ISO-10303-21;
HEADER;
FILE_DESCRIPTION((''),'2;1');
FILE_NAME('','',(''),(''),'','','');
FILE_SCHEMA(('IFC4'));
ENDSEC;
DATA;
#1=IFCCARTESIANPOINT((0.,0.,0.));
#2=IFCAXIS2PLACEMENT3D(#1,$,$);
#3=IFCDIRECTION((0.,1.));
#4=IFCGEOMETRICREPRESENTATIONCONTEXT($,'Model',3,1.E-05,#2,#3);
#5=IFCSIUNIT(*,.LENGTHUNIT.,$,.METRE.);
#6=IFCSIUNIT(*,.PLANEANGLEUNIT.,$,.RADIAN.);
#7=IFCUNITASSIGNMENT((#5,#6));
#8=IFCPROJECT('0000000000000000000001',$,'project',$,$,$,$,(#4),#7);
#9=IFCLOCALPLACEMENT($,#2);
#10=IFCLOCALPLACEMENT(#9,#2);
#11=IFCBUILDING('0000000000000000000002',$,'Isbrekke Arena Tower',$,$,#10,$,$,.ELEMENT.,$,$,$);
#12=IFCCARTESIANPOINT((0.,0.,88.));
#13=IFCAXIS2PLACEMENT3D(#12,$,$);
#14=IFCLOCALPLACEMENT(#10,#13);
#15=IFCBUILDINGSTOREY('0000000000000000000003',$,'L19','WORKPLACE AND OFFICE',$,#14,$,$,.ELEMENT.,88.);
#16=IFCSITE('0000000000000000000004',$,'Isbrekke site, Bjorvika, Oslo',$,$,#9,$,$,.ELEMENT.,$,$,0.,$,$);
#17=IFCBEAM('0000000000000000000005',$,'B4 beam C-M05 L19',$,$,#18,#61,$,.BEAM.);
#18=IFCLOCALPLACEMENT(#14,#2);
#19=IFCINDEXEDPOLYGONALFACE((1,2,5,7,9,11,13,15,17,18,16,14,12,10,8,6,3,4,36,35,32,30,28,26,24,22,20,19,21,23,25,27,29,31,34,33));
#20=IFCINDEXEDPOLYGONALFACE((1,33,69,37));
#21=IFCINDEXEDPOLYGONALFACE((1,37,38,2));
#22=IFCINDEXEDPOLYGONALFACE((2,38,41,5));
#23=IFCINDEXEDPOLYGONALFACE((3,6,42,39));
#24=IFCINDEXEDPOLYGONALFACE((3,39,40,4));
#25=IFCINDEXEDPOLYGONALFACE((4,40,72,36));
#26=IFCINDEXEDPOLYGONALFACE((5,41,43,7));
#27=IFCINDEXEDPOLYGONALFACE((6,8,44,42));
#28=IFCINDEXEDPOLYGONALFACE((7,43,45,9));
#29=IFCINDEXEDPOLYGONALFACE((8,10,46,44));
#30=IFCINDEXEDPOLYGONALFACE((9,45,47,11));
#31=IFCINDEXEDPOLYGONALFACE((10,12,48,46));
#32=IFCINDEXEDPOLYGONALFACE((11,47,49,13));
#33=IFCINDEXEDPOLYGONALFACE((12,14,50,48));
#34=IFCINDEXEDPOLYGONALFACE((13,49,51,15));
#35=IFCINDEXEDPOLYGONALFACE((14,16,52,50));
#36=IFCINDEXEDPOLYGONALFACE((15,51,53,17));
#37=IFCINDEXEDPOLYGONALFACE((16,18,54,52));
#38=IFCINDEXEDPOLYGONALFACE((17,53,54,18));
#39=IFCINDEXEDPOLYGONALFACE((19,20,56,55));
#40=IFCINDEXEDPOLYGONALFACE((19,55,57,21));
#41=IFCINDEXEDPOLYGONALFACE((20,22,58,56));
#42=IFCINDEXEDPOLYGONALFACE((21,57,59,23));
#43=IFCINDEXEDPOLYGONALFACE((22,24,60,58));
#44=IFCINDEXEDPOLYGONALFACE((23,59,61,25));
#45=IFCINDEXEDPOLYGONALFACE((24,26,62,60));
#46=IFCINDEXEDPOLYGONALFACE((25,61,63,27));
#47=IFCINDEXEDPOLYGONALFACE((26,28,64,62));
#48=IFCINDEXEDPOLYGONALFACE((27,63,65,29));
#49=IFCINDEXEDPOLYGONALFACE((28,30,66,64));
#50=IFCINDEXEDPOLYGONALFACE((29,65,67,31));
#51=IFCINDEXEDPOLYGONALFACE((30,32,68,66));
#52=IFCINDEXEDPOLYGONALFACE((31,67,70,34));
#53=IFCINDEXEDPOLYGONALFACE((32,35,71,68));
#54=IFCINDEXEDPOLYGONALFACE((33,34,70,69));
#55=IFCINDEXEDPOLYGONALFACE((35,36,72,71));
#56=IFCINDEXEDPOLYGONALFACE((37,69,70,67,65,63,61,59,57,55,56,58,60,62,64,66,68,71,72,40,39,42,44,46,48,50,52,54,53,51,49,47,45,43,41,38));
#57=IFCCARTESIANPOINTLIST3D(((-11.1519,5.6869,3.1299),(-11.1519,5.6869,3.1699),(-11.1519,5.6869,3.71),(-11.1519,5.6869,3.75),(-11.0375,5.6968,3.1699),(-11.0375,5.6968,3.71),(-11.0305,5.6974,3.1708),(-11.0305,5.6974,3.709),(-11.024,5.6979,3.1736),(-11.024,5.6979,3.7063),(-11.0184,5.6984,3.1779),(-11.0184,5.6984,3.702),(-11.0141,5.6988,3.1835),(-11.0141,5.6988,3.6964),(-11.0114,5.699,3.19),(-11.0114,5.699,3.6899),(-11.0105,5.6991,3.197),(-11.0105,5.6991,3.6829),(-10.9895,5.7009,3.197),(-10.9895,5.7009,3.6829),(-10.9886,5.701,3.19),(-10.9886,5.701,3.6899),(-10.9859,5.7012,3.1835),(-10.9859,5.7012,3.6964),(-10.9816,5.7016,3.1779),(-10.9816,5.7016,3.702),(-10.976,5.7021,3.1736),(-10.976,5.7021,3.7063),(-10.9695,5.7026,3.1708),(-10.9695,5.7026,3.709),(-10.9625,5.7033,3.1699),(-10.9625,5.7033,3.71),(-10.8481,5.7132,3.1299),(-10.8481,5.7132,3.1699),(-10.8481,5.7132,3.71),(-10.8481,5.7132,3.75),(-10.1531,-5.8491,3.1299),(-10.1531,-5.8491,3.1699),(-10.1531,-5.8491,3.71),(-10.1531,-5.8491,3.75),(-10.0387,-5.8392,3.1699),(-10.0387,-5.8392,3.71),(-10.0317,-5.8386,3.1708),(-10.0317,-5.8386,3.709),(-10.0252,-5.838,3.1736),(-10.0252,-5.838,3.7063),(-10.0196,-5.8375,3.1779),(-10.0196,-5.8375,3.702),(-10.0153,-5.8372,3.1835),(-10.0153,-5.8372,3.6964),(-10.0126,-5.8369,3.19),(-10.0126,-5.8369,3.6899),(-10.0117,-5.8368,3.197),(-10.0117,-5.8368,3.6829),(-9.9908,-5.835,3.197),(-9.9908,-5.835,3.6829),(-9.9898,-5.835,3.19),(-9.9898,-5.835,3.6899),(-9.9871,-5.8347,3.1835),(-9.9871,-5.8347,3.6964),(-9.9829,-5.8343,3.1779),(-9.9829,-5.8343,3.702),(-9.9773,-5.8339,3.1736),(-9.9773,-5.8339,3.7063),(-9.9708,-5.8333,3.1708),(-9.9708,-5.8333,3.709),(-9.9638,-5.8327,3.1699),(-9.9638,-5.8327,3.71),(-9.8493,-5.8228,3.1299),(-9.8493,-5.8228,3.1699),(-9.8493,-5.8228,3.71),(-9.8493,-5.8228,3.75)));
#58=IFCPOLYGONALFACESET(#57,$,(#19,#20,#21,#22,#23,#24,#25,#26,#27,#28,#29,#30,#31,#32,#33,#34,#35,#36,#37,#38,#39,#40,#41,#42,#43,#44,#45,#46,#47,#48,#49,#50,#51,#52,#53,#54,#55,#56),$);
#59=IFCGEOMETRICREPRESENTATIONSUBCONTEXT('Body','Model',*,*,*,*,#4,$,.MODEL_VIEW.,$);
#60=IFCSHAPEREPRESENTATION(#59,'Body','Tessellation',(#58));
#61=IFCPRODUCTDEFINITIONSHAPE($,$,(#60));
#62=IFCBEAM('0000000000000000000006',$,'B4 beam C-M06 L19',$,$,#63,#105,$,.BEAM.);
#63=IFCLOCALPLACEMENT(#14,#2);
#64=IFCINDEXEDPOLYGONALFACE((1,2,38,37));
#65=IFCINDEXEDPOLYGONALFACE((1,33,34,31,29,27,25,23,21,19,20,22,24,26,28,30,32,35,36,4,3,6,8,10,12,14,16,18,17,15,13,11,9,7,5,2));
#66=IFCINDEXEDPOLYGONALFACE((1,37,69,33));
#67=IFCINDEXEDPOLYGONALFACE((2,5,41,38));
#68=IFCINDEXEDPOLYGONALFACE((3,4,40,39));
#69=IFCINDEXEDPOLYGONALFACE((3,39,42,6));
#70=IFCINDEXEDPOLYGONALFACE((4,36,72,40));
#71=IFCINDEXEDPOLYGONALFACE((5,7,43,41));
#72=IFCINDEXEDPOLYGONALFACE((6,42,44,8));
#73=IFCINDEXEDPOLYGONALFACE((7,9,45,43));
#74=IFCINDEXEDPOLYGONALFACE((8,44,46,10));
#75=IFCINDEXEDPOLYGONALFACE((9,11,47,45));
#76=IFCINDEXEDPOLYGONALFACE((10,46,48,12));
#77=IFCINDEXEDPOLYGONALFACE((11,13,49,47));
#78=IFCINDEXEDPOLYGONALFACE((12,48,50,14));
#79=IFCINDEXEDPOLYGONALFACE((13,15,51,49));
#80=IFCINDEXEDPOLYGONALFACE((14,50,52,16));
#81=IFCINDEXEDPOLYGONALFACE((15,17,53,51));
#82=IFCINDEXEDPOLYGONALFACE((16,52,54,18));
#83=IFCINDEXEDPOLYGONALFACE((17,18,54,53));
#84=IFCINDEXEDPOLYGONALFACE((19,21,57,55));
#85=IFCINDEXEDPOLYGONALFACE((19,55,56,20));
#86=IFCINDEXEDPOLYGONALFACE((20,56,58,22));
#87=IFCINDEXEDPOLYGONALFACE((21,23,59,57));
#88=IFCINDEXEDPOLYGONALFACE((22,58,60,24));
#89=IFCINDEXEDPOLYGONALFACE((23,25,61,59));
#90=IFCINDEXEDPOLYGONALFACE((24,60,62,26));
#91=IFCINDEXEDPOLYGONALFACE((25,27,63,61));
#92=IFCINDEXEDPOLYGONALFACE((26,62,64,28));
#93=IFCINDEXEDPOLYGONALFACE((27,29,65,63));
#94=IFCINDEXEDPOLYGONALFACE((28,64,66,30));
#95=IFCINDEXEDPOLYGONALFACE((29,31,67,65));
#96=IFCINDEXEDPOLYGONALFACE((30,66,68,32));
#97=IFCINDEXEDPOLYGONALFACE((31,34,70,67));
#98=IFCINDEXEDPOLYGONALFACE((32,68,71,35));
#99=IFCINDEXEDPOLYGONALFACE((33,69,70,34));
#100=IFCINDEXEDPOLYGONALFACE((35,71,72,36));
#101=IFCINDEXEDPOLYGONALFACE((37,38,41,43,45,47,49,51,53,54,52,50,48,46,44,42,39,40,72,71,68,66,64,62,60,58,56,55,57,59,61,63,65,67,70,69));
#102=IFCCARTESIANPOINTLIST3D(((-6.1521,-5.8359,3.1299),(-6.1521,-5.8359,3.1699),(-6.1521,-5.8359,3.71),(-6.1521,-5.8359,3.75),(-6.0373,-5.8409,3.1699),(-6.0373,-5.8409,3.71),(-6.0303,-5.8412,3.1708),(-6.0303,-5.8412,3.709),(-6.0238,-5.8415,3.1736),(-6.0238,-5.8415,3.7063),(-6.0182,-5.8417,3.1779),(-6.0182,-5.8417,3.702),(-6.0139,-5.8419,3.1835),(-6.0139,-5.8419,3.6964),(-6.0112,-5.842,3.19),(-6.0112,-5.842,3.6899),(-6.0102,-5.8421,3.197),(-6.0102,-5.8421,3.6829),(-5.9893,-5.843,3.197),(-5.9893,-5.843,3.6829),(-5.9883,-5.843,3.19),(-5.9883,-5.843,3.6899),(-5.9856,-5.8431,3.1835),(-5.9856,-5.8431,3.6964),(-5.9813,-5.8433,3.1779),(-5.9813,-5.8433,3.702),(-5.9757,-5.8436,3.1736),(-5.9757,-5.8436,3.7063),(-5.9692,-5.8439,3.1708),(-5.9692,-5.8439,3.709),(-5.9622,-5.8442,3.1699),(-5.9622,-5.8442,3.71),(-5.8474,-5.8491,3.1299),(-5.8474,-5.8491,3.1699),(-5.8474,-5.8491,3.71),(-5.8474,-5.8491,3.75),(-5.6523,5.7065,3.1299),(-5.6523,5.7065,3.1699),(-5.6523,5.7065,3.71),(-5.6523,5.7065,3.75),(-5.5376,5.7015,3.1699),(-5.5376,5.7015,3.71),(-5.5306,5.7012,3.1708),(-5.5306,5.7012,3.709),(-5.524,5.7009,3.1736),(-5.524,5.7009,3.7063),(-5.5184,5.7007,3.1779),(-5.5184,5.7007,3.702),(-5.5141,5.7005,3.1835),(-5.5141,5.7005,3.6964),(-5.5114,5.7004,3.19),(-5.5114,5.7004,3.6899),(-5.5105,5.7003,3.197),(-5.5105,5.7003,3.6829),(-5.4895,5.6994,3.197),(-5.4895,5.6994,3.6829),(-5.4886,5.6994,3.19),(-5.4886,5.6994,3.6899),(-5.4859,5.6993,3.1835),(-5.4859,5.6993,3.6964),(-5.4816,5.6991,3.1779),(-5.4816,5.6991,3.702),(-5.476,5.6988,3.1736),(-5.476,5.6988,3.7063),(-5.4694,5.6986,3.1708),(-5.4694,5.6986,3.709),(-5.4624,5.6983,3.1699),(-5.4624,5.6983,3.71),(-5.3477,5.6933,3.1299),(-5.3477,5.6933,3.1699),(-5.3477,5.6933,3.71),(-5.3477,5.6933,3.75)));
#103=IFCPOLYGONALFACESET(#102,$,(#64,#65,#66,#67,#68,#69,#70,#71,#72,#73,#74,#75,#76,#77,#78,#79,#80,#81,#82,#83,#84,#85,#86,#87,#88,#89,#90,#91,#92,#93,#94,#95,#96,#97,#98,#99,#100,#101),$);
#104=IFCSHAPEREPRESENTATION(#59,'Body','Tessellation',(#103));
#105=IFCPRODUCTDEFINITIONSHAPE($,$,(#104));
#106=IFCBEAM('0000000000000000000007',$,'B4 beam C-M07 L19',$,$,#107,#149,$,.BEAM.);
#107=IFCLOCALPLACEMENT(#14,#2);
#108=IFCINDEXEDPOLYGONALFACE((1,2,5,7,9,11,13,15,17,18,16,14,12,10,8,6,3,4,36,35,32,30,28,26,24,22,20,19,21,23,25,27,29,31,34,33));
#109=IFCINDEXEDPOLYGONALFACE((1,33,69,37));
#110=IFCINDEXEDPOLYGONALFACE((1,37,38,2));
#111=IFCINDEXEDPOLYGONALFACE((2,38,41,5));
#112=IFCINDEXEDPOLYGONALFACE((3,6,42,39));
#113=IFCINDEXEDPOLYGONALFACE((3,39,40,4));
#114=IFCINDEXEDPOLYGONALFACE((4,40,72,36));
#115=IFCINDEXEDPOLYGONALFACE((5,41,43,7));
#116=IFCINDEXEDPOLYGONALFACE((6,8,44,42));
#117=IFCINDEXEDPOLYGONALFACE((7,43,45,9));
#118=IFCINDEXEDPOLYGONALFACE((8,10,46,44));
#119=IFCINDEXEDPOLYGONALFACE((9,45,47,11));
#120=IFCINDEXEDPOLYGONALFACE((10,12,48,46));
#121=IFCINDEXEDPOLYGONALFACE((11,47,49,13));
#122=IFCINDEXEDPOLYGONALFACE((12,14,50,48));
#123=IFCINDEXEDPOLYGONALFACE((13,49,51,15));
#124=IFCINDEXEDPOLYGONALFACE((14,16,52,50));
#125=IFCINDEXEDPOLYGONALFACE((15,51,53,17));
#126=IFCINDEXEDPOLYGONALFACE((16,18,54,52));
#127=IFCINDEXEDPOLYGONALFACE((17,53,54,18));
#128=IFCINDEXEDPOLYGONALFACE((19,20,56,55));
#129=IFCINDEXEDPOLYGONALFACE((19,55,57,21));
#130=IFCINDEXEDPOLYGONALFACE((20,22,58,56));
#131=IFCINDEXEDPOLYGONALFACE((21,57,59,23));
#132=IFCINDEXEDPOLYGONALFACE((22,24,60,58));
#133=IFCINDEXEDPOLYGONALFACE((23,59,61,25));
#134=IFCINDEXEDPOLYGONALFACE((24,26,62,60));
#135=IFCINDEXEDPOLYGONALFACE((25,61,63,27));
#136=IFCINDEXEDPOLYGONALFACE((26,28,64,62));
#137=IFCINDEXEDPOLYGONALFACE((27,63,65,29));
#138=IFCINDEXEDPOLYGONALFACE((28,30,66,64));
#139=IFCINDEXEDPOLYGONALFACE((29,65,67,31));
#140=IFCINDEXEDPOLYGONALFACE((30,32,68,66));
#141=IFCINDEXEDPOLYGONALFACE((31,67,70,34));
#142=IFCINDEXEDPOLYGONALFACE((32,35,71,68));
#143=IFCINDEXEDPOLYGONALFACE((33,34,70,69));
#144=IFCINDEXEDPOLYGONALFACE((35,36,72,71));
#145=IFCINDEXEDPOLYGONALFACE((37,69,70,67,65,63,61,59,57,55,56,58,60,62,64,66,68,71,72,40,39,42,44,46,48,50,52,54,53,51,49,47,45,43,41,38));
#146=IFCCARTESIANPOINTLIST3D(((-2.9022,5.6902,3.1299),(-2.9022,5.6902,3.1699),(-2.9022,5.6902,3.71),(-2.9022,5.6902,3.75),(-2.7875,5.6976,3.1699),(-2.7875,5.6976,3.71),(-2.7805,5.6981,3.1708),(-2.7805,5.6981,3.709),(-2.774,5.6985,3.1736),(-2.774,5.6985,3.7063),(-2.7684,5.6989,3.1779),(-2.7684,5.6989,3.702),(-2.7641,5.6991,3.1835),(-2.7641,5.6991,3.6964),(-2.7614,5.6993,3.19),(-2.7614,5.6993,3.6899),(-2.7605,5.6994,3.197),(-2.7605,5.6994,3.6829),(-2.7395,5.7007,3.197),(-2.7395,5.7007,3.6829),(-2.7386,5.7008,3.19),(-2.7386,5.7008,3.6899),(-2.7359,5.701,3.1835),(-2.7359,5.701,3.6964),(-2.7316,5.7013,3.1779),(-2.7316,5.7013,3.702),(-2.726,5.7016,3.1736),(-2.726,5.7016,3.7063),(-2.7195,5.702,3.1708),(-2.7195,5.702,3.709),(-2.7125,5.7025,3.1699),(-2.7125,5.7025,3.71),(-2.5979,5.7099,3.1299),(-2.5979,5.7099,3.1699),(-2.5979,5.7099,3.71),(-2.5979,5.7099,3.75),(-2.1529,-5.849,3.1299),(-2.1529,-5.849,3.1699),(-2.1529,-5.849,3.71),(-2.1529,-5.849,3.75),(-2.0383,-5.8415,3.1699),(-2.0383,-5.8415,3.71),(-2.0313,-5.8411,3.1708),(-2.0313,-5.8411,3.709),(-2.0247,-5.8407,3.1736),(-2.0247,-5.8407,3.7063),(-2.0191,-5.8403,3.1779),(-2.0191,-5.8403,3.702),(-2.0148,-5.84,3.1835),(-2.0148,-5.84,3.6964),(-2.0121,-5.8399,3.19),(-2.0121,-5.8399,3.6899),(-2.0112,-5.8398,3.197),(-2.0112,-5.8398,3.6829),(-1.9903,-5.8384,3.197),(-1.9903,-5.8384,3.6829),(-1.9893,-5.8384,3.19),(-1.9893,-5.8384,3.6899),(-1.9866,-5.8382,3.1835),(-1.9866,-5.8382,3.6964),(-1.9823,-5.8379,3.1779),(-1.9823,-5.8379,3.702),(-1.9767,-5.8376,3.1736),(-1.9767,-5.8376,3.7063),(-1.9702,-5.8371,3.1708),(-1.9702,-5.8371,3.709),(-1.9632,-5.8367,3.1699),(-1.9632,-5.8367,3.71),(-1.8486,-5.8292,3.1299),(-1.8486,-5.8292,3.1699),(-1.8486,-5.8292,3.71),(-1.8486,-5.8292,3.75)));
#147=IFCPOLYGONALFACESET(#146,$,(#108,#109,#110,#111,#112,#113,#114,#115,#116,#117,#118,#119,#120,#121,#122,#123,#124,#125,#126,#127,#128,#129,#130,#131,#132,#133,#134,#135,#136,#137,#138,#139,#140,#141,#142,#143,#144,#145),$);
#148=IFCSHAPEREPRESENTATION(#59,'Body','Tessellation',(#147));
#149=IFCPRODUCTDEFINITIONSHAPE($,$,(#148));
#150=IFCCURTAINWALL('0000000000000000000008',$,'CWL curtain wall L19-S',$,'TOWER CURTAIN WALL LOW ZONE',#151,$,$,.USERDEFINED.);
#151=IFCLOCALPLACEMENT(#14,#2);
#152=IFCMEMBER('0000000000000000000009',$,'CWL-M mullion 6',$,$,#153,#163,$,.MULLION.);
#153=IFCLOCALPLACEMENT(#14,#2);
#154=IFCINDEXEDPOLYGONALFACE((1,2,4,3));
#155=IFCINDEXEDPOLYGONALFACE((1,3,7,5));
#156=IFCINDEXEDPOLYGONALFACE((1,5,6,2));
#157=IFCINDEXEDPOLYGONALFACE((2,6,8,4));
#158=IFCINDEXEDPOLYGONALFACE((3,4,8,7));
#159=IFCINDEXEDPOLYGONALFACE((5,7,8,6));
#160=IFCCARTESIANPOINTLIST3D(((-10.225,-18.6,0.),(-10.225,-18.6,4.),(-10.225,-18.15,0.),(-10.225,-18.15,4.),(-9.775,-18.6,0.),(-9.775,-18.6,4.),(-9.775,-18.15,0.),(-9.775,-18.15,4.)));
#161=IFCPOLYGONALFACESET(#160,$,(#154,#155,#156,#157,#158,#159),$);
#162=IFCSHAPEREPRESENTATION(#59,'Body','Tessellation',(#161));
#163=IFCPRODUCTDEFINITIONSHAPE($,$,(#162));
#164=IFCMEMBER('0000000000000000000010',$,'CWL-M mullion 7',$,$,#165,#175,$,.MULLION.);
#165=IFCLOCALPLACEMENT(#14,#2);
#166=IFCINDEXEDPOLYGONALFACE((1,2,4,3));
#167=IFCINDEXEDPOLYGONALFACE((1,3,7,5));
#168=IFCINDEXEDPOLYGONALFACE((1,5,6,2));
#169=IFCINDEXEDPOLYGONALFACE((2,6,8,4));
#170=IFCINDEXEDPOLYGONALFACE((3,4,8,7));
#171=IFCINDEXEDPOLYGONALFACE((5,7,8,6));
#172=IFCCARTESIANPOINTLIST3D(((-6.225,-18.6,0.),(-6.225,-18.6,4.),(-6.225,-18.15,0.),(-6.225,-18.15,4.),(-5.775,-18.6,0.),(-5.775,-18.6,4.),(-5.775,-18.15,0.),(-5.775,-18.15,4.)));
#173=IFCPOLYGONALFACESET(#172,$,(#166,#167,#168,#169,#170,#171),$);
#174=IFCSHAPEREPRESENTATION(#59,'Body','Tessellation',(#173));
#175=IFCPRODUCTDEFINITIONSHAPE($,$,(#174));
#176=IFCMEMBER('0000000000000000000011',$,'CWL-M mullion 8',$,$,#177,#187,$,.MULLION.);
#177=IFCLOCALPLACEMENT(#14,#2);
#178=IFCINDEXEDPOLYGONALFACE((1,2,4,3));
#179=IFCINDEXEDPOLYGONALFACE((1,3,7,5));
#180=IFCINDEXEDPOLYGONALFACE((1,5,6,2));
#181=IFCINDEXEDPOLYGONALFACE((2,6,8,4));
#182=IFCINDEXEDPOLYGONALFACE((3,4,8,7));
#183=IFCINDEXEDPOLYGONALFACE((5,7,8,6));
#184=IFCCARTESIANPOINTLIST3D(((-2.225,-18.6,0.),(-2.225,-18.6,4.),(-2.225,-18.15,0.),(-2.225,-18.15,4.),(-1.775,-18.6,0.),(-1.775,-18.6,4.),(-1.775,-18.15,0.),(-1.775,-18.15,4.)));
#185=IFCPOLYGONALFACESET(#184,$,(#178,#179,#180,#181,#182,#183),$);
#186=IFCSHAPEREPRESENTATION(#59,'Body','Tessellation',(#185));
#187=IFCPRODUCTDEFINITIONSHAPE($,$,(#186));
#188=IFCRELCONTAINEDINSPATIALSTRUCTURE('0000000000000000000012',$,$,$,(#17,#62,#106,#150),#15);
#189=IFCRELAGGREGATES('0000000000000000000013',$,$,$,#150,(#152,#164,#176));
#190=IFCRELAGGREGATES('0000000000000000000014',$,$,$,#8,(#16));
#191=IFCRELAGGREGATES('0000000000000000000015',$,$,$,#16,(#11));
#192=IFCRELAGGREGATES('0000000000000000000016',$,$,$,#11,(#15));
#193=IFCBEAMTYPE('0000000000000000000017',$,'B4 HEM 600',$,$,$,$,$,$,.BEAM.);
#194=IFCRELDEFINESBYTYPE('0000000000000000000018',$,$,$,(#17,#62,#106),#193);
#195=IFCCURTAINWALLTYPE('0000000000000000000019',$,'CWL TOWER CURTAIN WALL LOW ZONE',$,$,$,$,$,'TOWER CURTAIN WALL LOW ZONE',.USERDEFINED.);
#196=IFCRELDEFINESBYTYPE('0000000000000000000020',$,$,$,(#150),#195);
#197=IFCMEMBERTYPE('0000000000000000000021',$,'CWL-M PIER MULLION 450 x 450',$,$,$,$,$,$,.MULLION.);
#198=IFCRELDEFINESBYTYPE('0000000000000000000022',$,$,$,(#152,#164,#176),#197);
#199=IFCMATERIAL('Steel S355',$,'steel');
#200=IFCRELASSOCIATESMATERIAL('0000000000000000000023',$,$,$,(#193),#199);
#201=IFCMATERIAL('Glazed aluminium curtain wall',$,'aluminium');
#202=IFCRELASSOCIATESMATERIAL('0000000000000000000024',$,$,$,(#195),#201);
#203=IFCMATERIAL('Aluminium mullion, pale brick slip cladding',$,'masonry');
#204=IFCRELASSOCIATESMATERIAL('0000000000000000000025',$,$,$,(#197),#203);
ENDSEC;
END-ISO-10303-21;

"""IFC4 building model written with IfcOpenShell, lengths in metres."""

from ifc_helpers import new_model, si_unit, direction, frame, origin, origin_2d, place, context, subcontext, project, spatial, rectangle, i_section, extrude, material, material_profile, profile_set, type_object, element, aggregate, save


model = new_model("IFC4")

# Units and contexts
model_context = context("Model", 3, precision=1e-05, world=origin(), true_north=direction((0.0, 1.0)))
body_context = subcontext(model_context, "Body", "Model", "MODEL_VIEW")
ifc_project = project(units=[si_unit("LENGTHUNIT", "METRE"), si_unit("PLANEANGLEUNIT", "RADIAN")], contexts=[model_context])

# Site, building, storey
site_placement = place(None, origin())
site = spatial("IfcSite", under=ifc_project, at=site_placement, Name="Isbrekke site, Bjorvika, Oslo", CompositionType="ELEMENT", RefElevation=0.0)
building_placement = place(site_placement, origin())
building = spatial("IfcBuilding", under=site, at=building_placement, Name="Isbrekke Arena Tower", CompositionType="ELEMENT")
storey_placement = place(building_placement, frame((0.0, 0.0, 88.0)))
storey = spatial("IfcBuildingStorey", under=building, at=storey_placement, Name="L19", Description="WORKPLACE AND OFFICE", CompositionType="ELEMENT", Elevation=88.0)

# Beams
ifc_material_1 = material(Name="Steel S355", Category="steel")
ifc_material_profile_1 = material_profile(ifc_material_1, i_section(OverallWidth=0.3049, OverallDepth=0.6201, WebThickness=0.021, FlangeThickness=0.04, FilletRadius=0.0271, at=origin_2d()), Name="HEM 600")
ifc_profile_set_1 = profile_set([ifc_material_profile_1], Name="Steel S355")
beam_type_1 = type_object("IfcBeamType", Name="B4 HEM 600", PredefinedType="BEAM", material=ifc_profile_set_1)
beam_1_placement = place(storey_placement, frame((-10.0012, -5.8359, 3.4399), z_axis=(-0.086257, 0.996273, 0.0), x_axis=(-0.996273, -0.086257, 0.0)))
element("IfcBeam", 1, at=beam_1_placement, inside=storey, type_object=beam_type_1, Name="B4 beam C-M05 L19", PredefinedType="BEAM", context=body_context, shape_type="SweptSolid", body=[
    extrude(i_section(OverallWidth=0.3049, OverallDepth=0.6201, WebThickness=0.021, FlangeThickness=0.04, FilletRadius=0.0271, at=origin_2d()), origin(), (0.0, 0.0, 1.0), 11.5791),
])
beam_2_placement = place(storey_placement, frame((-5.9998, -5.8425, 3.4399), z_axis=(0.043257, 0.999064, 0.0), x_axis=(-0.999064, 0.043257, 0.0)))
element("IfcBeam", 2, at=beam_2_placement, inside=storey, type_object=beam_type_1, Name="B4 beam C-M06 L19", PredefinedType="BEAM", context=body_context, shape_type="SweptSolid", body=[
    extrude(i_section(OverallWidth=0.3049, OverallDepth=0.6201, WebThickness=0.021, FlangeThickness=0.04, FilletRadius=0.0271, at=origin_2d()), origin(), (0.0, 0.0, 1.0), 11.5532),
])
beam_3_placement = place(storey_placement, frame((-2.0007, -5.8391, 3.4399), z_axis=(-0.064797, 0.997898, 0.0), x_axis=(-0.997898, -0.064797, 0.0)))
element("IfcBeam", 3, at=beam_3_placement, inside=storey, type_object=beam_type_1, Name="B4 beam C-M07 L19", PredefinedType="BEAM", context=body_context, shape_type="SweptSolid", body=[
    extrude(i_section(OverallWidth=0.3049, OverallDepth=0.6201, WebThickness=0.021, FlangeThickness=0.04, FilletRadius=0.0271, at=origin_2d()), origin(), (0.0, 0.0, 1.0), 11.5635),
])

# Curtain wall, members
ifc_material_2 = material(Name="Glazed aluminium curtain wall", Category="aluminium")
curtain_wall_type = type_object("IfcCurtainWallType", Name="CWL TOWER CURTAIN WALL LOW ZONE", ElementType="TOWER CURTAIN WALL LOW ZONE", PredefinedType="USERDEFINED", material=ifc_material_2)
curtain_wall_placement = place(storey_placement, origin())
curtain_wall = element("IfcCurtainWall", 4, at=curtain_wall_placement, inside=storey, type_object=curtain_wall_type, Name="CWL curtain wall L19-S", ObjectType="TOWER CURTAIN WALL LOW ZONE", PredefinedType="USERDEFINED")
ifc_material_3 = material(Name="Aluminium mullion, pale brick slip cladding", Category="masonry")
ifc_material_profile_2 = material_profile(ifc_material_3, rectangle(XDim=0.45, YDim=0.45, at=origin_2d()), Name="PIER 450X450")
ifc_profile_set_2 = profile_set([ifc_material_profile_2], Name="Aluminium mullion, pale brick slip cladding")
member_type_1 = type_object("IfcMemberType", Name="CWL-M PIER MULLION 450 x 450", PredefinedType="MULLION", material=ifc_profile_set_2)
member_1_placement = place(storey_placement, frame((-10.0, -18.375, 0.0), z_axis=(0.0, 0.0, 1.0), x_axis=(1.0, 0.0, 0.0)))
member_1 = element("IfcMember", 5, at=member_1_placement, type_object=member_type_1, Name="CWL-M mullion 6", PredefinedType="MULLION", context=body_context, shape_type="SweptSolid", body=[
    extrude(rectangle(XDim=0.45, YDim=0.45, at=origin_2d()), origin(), (0.0, 0.0, 1.0), 4.0),
])
member_2_placement = place(storey_placement, frame((-6.0, -18.375, 0.0), z_axis=(0.0, 0.0, 1.0), x_axis=(1.0, 0.0, 0.0)))
member_2 = element("IfcMember", 6, at=member_2_placement, type_object=member_type_1, Name="CWL-M mullion 7", PredefinedType="MULLION", context=body_context, shape_type="SweptSolid", body=[
    extrude(rectangle(XDim=0.45, YDim=0.45, at=origin_2d()), origin(), (0.0, 0.0, 1.0), 4.0),
])
member_3_placement = place(storey_placement, frame((-2.0, -18.375, 0.0), z_axis=(0.0, 0.0, 1.0), x_axis=(1.0, 0.0, 0.0)))
member_3 = element("IfcMember", 7, at=member_3_placement, type_object=member_type_1, Name="CWL-M mullion 8", PredefinedType="MULLION", context=body_context, shape_type="SweptSolid", body=[
    extrude(rectangle(XDim=0.45, YDim=0.45, at=origin_2d()), origin(), (0.0, 0.0, 1.0), 4.0),
])

aggregate(curtain_wall, [member_1, member_2, member_3])

save(model, "model.ifc")
